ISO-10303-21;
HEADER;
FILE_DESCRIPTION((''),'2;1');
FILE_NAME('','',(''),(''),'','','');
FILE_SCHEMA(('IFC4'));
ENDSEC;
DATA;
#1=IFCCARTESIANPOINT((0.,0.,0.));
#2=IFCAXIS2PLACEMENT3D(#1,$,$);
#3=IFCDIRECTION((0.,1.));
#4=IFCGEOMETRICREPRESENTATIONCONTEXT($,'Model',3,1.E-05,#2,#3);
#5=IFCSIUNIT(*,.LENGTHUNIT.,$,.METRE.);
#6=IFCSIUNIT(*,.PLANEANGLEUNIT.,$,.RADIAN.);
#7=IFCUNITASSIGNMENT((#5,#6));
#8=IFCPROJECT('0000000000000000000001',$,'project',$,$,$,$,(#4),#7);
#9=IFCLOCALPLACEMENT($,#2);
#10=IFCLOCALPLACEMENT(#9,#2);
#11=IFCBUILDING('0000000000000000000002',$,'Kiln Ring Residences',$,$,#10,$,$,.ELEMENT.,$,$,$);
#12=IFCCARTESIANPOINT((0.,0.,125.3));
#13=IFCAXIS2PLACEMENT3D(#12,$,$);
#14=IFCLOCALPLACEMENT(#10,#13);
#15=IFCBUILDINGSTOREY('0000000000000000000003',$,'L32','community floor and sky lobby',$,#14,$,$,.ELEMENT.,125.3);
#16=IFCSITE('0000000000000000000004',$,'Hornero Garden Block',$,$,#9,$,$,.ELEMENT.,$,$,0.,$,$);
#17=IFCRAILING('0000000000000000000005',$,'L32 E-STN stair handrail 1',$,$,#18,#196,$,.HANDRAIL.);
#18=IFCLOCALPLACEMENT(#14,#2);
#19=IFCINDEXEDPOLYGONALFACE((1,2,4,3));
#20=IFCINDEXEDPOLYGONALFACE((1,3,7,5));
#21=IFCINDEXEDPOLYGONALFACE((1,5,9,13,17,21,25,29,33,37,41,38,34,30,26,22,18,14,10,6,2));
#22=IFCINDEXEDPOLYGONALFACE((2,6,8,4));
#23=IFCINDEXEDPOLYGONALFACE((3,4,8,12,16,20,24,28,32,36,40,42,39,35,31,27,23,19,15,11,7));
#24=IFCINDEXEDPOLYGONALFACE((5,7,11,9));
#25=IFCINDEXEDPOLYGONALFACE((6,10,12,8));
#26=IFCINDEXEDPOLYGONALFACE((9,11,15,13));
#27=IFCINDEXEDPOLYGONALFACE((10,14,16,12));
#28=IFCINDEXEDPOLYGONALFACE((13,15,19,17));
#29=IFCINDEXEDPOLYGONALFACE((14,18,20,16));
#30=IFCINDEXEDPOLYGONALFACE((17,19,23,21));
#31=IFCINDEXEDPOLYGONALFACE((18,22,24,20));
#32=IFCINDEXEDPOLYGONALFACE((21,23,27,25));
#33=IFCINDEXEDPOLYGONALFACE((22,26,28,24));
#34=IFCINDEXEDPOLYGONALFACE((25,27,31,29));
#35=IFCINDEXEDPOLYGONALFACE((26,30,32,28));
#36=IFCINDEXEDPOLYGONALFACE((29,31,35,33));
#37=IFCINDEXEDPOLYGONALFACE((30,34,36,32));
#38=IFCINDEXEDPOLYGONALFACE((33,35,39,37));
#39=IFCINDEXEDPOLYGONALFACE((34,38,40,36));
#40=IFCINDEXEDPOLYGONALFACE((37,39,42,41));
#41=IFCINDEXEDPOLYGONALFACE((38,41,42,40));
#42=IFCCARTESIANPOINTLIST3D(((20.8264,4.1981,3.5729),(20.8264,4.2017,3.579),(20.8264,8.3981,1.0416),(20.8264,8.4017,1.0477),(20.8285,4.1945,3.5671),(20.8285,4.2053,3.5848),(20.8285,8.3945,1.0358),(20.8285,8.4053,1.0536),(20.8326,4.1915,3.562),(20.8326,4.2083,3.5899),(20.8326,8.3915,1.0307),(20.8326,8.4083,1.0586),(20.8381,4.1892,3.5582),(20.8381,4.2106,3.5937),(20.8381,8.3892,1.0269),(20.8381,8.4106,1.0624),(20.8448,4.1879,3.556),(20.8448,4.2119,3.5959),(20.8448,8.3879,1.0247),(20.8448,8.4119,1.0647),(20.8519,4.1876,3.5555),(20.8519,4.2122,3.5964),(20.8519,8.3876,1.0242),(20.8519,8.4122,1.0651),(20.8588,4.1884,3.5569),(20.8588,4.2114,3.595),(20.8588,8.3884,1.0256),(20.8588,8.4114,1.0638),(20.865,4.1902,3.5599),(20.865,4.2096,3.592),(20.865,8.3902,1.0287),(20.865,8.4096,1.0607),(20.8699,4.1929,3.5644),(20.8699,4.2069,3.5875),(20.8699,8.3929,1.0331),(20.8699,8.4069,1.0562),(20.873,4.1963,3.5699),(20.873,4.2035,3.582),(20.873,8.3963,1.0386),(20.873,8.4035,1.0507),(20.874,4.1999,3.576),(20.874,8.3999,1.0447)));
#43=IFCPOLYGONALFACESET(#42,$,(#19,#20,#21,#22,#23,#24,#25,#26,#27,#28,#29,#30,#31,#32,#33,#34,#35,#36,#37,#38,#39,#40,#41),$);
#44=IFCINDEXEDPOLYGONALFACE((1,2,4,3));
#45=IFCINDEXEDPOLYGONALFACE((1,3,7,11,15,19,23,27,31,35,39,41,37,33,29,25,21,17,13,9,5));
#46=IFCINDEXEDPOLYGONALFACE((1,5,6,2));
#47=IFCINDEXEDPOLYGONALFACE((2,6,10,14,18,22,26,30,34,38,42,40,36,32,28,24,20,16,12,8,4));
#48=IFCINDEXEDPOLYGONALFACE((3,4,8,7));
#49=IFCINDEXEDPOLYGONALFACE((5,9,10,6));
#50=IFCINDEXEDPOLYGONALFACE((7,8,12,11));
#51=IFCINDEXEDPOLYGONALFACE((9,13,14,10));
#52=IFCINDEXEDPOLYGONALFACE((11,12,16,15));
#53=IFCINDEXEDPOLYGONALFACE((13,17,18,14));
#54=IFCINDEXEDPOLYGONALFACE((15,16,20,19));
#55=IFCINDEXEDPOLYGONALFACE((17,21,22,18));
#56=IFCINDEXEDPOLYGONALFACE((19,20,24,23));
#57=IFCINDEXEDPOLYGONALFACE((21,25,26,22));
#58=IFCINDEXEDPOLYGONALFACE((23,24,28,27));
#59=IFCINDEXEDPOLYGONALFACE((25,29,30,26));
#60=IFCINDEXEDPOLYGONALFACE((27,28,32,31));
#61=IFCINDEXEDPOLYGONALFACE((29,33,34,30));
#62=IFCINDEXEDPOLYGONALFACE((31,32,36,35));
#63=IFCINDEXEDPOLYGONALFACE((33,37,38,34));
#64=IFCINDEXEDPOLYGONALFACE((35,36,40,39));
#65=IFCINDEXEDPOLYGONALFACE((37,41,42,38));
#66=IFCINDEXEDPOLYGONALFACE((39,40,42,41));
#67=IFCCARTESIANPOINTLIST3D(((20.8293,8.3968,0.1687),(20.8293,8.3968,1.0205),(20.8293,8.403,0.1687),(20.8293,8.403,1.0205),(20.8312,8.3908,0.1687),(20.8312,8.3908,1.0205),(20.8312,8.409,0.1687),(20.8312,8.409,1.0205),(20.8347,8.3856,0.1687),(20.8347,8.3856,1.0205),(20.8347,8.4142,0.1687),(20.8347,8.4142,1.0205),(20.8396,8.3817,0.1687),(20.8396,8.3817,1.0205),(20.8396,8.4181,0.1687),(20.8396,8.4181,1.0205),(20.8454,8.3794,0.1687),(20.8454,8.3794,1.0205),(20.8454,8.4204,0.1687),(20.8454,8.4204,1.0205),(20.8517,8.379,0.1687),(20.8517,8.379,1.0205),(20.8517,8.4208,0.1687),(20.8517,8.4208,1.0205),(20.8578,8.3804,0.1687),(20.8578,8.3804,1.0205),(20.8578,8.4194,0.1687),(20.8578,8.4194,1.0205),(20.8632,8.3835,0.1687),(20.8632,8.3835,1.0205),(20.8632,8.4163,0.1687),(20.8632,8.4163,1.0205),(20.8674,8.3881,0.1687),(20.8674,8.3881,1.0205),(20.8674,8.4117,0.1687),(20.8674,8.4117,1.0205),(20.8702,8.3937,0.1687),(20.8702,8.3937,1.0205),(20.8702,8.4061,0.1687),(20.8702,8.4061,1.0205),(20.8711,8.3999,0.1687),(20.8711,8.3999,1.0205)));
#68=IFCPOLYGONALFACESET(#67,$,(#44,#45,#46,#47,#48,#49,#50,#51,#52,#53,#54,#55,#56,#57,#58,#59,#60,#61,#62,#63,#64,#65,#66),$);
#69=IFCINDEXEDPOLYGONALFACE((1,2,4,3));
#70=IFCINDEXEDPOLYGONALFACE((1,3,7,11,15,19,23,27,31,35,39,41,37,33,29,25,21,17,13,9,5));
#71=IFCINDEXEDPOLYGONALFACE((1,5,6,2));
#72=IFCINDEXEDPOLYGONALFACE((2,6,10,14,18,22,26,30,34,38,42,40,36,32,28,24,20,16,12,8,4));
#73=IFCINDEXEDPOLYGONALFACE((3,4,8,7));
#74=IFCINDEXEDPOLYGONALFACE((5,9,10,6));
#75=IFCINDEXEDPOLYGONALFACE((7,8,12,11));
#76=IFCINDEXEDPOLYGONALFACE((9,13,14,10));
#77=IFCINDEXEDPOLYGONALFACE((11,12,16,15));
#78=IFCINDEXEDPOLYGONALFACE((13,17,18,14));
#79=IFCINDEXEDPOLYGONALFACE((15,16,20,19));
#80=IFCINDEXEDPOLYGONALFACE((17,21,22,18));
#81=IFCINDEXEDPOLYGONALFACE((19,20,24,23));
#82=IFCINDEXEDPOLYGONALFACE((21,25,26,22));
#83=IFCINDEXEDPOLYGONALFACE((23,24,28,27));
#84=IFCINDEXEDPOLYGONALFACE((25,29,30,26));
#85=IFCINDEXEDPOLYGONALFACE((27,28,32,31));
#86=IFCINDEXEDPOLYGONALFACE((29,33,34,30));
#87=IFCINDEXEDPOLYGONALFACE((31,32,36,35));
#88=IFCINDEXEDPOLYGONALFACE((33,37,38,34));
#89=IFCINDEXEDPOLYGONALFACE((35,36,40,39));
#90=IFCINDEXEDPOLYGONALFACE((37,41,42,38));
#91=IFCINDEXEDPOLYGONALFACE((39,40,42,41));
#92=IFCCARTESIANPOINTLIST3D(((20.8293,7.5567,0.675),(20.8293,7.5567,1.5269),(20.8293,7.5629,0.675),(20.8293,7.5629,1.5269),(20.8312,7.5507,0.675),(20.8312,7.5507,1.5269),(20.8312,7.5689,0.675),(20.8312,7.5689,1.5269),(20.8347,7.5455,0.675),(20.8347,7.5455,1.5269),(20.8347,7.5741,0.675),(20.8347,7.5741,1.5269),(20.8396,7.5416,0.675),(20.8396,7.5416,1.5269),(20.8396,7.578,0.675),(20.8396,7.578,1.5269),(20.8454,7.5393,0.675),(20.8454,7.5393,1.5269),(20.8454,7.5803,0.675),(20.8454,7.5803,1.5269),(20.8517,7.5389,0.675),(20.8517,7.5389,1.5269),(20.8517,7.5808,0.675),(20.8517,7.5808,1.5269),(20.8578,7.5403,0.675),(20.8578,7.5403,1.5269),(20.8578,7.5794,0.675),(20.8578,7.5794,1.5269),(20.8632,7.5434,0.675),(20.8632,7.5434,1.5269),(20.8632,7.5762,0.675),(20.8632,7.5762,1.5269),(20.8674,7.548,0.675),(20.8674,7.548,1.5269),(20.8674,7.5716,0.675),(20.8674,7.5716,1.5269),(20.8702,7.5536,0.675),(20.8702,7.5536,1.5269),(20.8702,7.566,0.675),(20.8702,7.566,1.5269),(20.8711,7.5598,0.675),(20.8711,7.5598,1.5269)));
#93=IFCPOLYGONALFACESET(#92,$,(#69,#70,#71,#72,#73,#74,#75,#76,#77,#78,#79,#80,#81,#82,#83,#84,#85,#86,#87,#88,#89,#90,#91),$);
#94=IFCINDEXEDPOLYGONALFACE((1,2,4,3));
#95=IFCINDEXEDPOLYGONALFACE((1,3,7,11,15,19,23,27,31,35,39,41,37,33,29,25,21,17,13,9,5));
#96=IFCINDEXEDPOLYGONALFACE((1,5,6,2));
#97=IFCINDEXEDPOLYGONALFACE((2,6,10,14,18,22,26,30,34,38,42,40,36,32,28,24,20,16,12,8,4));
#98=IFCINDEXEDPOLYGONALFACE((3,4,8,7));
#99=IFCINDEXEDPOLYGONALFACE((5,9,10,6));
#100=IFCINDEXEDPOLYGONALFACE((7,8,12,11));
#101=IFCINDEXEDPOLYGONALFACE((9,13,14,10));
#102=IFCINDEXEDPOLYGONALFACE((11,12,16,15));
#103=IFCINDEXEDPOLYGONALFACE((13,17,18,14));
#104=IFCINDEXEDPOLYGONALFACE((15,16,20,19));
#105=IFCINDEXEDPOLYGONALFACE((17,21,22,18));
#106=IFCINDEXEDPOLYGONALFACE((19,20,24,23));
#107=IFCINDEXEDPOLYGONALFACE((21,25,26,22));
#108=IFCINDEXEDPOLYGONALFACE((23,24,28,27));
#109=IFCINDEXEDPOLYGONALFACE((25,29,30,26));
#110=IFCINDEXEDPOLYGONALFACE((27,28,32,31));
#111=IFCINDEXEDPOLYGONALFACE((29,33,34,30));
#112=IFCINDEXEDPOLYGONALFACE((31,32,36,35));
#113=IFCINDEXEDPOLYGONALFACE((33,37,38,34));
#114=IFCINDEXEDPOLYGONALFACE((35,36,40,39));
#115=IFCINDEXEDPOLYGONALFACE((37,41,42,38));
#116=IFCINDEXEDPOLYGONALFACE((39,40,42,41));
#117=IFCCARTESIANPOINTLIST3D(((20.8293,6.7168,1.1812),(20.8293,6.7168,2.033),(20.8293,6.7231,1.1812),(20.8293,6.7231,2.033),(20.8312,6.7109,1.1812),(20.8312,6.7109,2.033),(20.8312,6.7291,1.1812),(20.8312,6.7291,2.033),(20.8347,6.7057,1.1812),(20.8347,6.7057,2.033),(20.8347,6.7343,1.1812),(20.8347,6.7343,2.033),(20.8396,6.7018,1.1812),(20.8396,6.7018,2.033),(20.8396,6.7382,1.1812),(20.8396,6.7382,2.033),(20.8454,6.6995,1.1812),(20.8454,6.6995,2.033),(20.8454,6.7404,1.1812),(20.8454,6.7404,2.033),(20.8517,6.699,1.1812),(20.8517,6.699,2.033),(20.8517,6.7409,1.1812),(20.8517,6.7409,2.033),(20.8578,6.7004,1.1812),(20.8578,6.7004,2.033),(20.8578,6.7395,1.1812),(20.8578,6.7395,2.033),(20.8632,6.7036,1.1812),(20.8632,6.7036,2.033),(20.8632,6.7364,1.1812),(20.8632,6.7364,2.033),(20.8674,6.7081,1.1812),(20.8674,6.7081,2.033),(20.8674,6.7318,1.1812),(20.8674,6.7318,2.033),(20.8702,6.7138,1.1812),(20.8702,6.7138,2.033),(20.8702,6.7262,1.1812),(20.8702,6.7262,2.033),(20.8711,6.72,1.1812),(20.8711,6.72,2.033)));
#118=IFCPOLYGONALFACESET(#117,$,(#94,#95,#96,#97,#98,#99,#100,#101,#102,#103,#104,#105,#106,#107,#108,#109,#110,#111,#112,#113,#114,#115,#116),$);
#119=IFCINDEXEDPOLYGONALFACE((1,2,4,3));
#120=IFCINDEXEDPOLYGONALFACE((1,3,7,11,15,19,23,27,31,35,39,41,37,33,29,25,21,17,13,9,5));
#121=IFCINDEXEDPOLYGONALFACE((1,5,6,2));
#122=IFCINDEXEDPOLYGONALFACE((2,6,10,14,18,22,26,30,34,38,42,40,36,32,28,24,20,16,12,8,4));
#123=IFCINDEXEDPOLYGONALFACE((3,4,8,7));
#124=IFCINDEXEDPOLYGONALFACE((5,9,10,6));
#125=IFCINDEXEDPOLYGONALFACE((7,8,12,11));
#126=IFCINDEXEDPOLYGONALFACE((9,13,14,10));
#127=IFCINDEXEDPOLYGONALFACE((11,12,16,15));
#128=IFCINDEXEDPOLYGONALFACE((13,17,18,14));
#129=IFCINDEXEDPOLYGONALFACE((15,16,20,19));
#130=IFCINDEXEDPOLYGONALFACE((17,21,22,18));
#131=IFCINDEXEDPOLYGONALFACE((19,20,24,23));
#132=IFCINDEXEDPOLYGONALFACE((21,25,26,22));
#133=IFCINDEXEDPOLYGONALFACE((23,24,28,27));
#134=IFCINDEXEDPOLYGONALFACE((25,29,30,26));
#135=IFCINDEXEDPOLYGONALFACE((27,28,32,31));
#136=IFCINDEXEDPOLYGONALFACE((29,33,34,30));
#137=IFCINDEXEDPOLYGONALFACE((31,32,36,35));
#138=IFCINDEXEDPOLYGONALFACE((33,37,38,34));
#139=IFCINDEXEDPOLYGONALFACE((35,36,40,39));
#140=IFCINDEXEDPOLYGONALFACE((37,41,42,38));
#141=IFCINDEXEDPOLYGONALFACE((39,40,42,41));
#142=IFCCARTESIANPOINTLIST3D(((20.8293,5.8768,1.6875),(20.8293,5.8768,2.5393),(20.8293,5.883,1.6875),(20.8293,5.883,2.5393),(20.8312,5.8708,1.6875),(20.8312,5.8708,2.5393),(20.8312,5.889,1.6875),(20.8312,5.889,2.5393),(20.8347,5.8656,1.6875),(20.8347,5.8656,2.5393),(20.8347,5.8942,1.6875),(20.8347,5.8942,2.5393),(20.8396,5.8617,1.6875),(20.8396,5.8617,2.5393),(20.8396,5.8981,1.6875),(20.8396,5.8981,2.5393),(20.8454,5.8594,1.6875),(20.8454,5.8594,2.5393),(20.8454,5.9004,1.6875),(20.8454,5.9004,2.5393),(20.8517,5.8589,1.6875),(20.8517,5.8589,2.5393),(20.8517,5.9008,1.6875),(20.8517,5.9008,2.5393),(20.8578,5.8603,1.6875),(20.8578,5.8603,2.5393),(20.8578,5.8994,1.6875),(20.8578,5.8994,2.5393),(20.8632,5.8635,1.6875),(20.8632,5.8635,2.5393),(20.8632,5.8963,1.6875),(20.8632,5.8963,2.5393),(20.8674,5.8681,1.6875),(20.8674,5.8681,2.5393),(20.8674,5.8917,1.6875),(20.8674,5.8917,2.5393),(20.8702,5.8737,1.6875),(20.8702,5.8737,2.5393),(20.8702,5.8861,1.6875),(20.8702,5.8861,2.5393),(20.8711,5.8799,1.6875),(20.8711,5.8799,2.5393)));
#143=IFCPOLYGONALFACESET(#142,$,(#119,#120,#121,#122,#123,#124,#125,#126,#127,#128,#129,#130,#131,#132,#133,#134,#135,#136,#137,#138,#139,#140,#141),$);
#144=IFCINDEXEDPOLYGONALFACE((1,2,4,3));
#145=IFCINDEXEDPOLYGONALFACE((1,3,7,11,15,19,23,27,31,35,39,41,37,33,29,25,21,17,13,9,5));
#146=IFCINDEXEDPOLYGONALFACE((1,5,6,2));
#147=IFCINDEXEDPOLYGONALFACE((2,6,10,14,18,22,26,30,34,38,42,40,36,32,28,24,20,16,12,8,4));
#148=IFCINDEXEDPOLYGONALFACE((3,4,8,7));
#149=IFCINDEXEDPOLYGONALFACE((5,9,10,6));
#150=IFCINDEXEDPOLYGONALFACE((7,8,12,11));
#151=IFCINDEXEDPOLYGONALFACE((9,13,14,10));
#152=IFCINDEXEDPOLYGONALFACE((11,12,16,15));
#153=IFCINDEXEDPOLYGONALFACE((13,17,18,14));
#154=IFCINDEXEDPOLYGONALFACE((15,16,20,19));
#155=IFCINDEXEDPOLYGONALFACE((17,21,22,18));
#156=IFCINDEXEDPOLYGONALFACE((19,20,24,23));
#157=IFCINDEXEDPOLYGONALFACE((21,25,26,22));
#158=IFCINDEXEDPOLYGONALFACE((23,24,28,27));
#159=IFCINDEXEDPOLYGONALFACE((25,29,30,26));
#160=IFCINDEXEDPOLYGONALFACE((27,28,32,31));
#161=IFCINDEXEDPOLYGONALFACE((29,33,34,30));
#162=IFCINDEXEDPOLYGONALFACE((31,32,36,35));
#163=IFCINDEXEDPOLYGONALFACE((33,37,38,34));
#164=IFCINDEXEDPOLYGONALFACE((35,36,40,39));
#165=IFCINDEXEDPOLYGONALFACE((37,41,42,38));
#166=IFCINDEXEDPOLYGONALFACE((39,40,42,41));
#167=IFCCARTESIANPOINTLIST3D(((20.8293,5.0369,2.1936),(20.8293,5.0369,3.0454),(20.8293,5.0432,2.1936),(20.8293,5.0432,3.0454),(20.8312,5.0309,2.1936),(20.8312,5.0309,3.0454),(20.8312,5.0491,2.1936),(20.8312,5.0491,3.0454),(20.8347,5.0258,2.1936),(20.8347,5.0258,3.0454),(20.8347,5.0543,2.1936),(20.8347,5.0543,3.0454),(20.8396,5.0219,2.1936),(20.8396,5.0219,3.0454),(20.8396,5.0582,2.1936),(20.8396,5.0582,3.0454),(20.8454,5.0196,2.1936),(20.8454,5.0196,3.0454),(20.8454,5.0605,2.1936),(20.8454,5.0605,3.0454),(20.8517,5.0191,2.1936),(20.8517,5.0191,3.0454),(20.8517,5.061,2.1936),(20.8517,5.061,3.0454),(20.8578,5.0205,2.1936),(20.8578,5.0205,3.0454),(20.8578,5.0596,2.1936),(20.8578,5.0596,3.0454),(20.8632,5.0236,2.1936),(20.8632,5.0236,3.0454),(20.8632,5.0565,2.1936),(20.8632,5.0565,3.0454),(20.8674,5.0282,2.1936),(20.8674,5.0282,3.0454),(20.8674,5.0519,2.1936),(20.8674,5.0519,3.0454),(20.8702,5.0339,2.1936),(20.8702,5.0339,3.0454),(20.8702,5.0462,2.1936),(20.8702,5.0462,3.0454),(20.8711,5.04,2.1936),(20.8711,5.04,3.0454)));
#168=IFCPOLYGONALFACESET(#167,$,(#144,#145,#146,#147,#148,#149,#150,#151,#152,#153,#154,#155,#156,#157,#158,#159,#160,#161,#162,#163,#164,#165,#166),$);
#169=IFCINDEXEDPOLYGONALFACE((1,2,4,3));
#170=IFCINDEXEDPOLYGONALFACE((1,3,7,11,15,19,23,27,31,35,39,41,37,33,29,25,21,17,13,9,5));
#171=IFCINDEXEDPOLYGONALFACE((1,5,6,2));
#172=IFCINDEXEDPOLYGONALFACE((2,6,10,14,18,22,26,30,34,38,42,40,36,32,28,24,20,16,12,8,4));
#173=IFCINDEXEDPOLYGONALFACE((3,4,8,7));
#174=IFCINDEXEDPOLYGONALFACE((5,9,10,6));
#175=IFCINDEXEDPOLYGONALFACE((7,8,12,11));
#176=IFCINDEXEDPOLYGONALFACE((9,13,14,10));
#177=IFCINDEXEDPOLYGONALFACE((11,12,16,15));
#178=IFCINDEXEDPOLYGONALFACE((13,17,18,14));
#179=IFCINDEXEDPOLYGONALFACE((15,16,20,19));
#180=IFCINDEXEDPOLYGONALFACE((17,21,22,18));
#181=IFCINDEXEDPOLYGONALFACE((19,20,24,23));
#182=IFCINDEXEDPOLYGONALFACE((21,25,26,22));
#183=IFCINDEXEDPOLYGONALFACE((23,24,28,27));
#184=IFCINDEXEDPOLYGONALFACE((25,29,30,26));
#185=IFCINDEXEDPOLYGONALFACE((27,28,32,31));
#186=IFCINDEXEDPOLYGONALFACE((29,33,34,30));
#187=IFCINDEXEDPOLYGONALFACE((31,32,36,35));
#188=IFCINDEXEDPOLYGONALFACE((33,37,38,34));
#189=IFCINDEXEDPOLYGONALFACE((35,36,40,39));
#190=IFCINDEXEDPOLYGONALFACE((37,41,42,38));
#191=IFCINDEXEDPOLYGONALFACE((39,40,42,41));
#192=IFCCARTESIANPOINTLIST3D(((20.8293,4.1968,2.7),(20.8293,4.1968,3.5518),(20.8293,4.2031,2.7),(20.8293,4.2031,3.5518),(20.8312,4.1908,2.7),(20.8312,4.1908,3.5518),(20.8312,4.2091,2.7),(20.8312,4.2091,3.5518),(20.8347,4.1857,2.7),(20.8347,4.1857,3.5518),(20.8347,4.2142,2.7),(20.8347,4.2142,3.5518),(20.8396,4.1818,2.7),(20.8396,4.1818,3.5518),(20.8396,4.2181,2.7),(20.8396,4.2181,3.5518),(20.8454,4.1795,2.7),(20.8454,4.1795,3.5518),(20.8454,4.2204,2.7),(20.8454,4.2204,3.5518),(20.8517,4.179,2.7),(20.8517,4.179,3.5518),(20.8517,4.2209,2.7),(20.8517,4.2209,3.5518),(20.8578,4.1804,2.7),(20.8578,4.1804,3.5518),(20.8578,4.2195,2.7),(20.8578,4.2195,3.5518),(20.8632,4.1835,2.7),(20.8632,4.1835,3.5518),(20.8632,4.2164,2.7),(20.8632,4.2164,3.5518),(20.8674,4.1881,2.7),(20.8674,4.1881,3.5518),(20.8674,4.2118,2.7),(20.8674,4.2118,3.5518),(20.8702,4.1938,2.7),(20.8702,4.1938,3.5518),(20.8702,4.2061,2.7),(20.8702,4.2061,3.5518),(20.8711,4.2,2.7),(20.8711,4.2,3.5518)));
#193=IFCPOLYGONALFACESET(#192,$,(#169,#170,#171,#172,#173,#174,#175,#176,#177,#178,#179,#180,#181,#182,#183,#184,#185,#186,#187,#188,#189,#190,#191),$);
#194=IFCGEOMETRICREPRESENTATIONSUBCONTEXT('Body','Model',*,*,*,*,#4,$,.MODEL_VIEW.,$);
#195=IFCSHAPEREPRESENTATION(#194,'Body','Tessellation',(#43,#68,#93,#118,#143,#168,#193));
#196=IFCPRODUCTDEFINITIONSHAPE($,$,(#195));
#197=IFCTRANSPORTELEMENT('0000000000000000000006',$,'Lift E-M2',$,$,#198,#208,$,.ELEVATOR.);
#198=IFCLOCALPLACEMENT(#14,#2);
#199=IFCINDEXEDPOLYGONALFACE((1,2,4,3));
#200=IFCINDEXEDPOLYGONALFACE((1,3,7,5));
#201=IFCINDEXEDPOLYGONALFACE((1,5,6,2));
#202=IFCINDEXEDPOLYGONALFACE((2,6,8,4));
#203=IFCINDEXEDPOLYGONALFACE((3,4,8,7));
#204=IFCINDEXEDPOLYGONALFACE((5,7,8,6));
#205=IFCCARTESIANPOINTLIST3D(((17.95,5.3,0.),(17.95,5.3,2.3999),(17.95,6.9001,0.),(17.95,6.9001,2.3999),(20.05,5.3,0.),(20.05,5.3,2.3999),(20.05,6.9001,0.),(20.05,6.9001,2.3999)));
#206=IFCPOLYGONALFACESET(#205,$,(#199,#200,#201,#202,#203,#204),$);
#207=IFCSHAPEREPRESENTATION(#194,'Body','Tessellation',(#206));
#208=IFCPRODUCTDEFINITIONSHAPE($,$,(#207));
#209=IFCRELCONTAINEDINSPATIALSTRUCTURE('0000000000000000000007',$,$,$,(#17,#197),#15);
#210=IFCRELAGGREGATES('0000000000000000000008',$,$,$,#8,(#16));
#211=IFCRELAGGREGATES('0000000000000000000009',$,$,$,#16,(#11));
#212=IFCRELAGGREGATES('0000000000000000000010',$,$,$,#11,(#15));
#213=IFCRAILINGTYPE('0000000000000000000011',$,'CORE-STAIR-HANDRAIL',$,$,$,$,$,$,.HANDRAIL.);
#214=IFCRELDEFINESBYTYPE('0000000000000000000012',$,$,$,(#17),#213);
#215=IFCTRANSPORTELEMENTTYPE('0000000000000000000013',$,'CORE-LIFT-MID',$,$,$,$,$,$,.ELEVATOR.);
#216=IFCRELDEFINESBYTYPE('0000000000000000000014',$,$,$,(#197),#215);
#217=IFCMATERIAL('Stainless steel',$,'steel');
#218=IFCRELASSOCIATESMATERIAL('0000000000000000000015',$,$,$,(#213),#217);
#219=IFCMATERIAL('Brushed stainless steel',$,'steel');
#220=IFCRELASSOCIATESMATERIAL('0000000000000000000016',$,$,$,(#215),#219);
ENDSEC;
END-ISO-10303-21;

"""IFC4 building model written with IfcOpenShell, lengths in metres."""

from ifc_helpers import new_model, si_unit, direction, frame, origin, origin_2d, place, context, subcontext, project, spatial, rectangle, circle, extrude, material, type_object, element, save


model = new_model("IFC4")

# Units and contexts
model_context = context("Model", 3, precision=1e-05, world=origin(), true_north=direction((0.0, 1.0)))
body_context = subcontext(model_context, "Body", "Model", "MODEL_VIEW")
ifc_project = project(units=[si_unit("LENGTHUNIT", "METRE"), si_unit("PLANEANGLEUNIT", "RADIAN")], contexts=[model_context])

# Site, building, storey
site_placement = place(None, origin())
site = spatial("IfcSite", under=ifc_project, at=site_placement, Name="Hornero Garden Block", CompositionType="ELEMENT", RefElevation=0.0)
building_placement = place(site_placement, origin())
building = spatial("IfcBuilding", under=site, at=building_placement, Name="Kiln Ring Residences", CompositionType="ELEMENT")
storey_placement = place(building_placement, frame((0.0, 0.0, 125.3)))
storey = spatial("IfcBuildingStorey", under=building, at=storey_placement, Name="L32", Description="community floor and sky lobby", CompositionType="ELEMENT", Elevation=125.3)

# Railing
ifc_material_1 = material(Name="Stainless steel", Category="steel")
railing_type_1 = type_object("IfcRailingType", Name="CORE-STAIR-HANDRAIL", PredefinedType="HANDRAIL", material=ifc_material_1)
railing_1_placement = place(storey_placement, frame((20.8501, 8.3999, 0.1687)))
element("IfcRailing", 1, at=railing_1_placement, inside=storey, type_object=railing_type_1, Name="L32 E-STN stair handrail 1", PredefinedType="HANDRAIL", context=body_context, shape_type="SweptSolid", body=[
    extrude(circle(Radius=0.0239, at=origin_2d()), frame((0.0, 0.0, 0.876), z_axis=(0.0, -0.856476, 0.516186), x_axis=(1.0, 0.0, 0.0)), (0.0, 0.0, 1.0), 4.9038),
    extrude(circle(Radius=0.021, at=origin_2d()), origin(), (0.0, 0.0, 1.0), 0.8518),
    extrude(circle(Radius=0.021, at=origin_2d()), frame((0.0, -0.8401, 0.5063)), (0.0, 0.0, 1.0), 0.8518),
    extrude(circle(Radius=0.021, at=origin_2d()), frame((0.0, -1.6799, 1.0125)), (0.0, 0.0, 1.0), 0.8518),
    extrude(circle(Radius=0.021, at=origin_2d()), frame((0.0, -2.52, 1.5188)), (0.0, 0.0, 1.0), 0.8518),
    extrude(circle(Radius=0.021, at=origin_2d()), frame((0.0, -3.3599, 2.0249)), (0.0, 0.0, 1.0), 0.8518),
    extrude(circle(Radius=0.021, at=origin_2d()), frame((0.0, -4.2, 2.5312)), (0.0, 0.0, 1.0), 0.8518),
])

# Transport element
ifc_material_2 = material(Name="Brushed stainless steel", Category="steel")
transport_element_type = type_object("IfcTransportElementType", Name="CORE-LIFT-MID", PredefinedType="ELEVATOR", material=ifc_material_2)
transport_element_placement = place(storey_placement, frame((19.0, 6.1001, 0.0), z_axis=(0.0, 0.0, 1.0), x_axis=(1.0, 0.0, 0.0)))
element("IfcTransportElement", 2, at=transport_element_placement, inside=storey, type_object=transport_element_type, Name="Lift E-M2", PredefinedType="ELEVATOR", context=body_context, shape_type="SweptSolid", body=[
    extrude(rectangle(XDim=2.1001, YDim=1.6001, at=origin_2d()), origin(), (0.0, 0.0, 1.0), 2.3999),
])

save(model, "model.ifc")
